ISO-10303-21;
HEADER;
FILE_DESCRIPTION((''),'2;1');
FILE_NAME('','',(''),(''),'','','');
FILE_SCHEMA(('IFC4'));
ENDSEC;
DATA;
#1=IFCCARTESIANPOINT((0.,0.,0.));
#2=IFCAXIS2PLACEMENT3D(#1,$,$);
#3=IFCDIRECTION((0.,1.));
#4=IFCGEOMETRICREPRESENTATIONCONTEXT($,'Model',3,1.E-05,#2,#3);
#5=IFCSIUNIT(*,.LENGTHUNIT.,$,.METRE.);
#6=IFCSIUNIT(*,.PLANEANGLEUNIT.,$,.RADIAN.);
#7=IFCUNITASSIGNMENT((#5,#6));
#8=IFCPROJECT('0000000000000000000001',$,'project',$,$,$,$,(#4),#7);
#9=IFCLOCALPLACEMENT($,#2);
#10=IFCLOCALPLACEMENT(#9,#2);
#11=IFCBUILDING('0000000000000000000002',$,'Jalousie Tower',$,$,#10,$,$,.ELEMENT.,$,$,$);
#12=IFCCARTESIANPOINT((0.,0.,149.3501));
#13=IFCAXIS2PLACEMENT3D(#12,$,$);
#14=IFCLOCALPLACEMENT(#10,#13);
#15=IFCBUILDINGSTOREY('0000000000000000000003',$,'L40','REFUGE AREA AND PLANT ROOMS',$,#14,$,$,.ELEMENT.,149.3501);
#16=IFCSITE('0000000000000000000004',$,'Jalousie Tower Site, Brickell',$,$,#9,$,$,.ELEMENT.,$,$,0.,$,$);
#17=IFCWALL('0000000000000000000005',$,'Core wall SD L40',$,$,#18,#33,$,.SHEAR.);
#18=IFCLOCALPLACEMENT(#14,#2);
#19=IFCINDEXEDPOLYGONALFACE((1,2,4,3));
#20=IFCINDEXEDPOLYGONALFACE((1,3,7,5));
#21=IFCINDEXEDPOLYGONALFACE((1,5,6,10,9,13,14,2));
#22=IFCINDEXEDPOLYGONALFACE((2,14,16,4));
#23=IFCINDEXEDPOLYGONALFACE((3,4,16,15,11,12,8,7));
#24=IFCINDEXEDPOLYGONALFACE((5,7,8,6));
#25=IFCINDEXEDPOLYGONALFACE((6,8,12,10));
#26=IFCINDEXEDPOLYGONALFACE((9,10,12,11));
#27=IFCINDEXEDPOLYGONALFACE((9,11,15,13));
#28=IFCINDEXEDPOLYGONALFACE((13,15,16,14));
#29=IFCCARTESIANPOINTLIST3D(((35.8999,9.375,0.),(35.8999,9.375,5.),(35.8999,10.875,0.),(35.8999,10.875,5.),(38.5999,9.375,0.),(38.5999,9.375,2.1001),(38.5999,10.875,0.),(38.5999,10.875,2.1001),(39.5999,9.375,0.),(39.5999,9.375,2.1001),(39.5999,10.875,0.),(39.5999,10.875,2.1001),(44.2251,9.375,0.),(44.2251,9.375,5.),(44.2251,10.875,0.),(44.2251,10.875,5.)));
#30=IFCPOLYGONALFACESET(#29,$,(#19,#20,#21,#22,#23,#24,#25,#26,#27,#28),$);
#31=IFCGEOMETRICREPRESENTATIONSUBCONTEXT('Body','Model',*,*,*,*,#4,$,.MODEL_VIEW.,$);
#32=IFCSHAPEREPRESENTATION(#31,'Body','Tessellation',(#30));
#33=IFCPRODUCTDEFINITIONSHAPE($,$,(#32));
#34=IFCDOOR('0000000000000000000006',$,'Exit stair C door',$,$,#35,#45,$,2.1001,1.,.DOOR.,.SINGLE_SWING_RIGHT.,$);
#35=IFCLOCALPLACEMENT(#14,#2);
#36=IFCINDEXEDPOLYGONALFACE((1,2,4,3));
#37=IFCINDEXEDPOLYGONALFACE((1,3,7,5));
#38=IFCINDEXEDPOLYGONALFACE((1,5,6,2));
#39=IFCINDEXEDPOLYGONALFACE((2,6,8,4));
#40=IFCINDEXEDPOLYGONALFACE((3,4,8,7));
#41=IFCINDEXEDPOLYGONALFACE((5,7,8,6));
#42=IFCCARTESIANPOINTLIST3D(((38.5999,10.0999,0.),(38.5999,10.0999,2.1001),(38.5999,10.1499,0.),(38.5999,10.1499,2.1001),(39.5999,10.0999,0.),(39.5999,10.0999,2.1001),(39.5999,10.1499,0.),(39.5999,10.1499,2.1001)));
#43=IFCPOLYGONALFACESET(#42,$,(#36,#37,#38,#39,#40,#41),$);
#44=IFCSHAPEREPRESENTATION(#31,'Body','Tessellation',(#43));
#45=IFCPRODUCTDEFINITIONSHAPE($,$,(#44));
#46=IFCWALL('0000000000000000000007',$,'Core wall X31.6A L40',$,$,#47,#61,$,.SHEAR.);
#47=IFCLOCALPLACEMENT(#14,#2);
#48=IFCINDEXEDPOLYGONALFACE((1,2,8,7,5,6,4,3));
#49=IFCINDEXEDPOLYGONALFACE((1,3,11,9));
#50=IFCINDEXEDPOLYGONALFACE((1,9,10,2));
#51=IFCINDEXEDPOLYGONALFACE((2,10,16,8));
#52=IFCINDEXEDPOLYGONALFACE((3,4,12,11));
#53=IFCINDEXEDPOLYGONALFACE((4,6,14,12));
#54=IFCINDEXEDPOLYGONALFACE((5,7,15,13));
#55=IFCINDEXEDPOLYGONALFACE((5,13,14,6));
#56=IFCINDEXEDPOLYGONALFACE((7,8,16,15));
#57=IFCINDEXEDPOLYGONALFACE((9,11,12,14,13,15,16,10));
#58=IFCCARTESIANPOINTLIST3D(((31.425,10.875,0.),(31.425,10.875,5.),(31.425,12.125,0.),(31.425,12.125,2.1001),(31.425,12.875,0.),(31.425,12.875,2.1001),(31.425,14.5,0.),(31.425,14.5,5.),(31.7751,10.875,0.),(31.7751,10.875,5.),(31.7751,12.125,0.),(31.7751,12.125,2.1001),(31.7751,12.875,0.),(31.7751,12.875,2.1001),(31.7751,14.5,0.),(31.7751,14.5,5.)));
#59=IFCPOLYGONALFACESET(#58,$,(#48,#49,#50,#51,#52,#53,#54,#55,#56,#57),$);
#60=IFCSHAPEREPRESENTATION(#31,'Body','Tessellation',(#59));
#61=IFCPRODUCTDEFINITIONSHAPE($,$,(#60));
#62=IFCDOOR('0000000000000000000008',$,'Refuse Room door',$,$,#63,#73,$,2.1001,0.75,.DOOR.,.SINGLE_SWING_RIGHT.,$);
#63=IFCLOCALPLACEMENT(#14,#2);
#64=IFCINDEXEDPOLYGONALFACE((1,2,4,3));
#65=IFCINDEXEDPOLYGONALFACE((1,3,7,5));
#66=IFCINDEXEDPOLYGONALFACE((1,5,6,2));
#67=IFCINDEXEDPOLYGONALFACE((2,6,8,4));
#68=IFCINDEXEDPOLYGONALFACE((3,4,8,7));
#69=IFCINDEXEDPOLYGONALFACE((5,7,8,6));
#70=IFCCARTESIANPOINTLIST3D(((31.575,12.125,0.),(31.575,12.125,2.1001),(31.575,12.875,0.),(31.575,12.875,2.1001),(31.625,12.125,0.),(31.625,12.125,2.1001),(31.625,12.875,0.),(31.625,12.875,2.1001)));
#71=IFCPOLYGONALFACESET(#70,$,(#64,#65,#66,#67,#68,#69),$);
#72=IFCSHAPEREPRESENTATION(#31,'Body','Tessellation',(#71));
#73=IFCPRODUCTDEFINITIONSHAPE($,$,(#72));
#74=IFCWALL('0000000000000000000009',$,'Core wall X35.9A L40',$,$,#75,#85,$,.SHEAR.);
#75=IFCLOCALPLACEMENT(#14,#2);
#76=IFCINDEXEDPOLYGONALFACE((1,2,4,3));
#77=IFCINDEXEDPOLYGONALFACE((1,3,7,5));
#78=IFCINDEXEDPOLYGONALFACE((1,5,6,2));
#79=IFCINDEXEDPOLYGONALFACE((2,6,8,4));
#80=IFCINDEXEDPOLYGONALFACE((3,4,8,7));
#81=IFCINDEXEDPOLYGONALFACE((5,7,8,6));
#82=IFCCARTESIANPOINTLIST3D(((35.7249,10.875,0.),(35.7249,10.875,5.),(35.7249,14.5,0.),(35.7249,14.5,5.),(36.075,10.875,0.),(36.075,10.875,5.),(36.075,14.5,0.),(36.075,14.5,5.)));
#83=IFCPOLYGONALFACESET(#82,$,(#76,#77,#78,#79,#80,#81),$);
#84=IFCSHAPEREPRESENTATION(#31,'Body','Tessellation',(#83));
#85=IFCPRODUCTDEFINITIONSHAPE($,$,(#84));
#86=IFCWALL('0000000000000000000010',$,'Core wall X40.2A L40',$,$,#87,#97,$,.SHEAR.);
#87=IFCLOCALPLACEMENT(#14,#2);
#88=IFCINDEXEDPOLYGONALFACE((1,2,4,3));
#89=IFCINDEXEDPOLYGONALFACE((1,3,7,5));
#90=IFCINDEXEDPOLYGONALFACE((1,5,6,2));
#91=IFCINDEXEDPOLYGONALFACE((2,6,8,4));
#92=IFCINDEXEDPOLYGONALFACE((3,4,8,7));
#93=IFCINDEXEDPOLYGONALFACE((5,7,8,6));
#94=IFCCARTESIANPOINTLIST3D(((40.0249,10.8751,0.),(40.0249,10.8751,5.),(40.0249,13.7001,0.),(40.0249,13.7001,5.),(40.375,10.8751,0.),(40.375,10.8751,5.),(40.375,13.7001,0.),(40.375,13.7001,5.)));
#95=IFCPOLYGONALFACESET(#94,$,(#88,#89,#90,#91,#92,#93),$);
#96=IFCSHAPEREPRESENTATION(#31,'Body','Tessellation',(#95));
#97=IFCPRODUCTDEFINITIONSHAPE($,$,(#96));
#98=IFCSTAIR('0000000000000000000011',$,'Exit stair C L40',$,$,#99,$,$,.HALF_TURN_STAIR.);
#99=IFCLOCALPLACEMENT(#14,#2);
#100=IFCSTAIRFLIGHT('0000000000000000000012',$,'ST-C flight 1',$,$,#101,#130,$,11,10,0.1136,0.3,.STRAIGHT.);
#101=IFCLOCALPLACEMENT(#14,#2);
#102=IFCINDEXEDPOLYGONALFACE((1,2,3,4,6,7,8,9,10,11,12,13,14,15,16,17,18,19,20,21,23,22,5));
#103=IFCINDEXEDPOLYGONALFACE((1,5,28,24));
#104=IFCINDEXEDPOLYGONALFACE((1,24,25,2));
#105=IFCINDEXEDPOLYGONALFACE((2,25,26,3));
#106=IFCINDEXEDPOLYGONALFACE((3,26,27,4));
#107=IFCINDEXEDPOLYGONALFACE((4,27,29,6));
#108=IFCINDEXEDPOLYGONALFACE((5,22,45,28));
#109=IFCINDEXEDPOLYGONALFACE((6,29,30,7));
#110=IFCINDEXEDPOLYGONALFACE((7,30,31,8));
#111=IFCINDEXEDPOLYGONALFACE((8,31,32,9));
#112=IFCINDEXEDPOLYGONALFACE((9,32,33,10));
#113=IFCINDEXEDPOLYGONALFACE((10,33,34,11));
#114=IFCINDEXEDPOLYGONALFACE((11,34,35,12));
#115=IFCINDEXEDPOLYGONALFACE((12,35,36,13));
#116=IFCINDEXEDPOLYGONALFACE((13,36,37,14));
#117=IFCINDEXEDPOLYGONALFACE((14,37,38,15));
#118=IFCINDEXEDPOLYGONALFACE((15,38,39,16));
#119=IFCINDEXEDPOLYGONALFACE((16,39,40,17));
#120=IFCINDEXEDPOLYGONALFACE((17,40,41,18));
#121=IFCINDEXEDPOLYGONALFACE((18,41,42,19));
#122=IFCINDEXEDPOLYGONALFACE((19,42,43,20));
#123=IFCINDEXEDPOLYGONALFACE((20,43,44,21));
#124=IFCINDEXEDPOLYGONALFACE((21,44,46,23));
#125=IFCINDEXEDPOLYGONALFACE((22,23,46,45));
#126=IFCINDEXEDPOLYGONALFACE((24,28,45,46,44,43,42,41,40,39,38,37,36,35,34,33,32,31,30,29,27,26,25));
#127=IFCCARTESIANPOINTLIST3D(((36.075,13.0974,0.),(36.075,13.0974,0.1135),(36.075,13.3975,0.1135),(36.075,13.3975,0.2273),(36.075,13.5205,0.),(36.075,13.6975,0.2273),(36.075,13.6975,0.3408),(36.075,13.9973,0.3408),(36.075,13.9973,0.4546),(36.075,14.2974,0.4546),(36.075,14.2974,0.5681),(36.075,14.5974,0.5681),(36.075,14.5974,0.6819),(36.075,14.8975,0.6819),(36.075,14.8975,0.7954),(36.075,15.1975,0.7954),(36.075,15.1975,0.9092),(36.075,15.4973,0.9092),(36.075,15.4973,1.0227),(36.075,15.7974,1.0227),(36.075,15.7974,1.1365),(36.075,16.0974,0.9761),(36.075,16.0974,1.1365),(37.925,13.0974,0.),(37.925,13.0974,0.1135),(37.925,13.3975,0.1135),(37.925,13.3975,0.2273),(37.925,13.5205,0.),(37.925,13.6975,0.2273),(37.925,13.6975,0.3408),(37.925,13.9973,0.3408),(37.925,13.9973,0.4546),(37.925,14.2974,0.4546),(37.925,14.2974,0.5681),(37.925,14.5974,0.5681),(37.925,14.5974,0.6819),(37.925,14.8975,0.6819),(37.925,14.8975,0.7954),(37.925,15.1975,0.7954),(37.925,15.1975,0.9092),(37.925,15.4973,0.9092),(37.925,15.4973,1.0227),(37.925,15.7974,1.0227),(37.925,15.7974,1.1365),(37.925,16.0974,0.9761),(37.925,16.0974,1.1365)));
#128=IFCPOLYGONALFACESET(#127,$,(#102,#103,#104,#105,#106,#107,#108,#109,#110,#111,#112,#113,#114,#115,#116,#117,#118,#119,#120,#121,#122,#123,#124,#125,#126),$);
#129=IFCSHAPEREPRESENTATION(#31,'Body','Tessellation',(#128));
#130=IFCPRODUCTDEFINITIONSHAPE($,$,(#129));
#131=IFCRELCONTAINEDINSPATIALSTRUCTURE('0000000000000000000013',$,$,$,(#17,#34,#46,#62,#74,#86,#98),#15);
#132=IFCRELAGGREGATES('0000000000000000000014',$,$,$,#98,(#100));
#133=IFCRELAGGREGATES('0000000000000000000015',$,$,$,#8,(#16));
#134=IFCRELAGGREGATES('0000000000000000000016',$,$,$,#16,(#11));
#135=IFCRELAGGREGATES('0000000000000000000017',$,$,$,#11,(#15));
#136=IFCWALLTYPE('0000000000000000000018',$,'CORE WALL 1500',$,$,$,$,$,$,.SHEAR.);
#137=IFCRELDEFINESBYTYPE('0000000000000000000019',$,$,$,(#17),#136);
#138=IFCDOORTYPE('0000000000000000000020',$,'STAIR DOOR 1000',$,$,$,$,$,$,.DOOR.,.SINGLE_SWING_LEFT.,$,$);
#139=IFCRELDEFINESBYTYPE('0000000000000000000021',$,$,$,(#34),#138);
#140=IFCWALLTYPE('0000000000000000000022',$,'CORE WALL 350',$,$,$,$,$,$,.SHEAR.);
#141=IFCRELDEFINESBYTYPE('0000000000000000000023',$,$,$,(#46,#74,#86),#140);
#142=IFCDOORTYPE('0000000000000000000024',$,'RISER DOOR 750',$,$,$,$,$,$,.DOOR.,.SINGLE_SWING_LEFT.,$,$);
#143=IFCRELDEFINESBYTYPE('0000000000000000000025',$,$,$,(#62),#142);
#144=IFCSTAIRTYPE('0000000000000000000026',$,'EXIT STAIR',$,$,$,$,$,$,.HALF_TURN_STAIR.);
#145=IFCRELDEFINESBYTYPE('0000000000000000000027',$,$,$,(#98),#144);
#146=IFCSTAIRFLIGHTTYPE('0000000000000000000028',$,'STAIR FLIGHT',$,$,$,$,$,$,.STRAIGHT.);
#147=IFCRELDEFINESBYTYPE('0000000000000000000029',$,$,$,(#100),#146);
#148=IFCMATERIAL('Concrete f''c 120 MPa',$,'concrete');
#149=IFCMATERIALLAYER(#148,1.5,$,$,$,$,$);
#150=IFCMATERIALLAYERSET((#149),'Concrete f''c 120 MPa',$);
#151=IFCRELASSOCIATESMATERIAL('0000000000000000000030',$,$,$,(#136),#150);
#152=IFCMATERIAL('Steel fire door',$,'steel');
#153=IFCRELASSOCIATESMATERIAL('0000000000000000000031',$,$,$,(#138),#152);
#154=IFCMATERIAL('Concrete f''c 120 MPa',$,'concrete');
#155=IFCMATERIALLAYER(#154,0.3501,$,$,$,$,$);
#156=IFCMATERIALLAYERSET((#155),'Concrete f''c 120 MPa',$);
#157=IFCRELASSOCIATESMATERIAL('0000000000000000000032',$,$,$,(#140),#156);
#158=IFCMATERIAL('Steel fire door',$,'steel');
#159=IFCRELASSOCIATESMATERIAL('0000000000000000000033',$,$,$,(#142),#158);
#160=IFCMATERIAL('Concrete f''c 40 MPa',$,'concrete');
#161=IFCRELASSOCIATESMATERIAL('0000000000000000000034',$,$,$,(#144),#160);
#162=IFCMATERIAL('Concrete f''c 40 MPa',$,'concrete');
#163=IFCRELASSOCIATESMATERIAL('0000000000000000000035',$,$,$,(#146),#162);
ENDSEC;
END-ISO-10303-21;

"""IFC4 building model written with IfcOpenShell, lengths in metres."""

from ifc_helpers import new_model, si_unit, direction, frame, frame_2d, origin, place, context, subcontext, project, spatial, polyline, rectangle, outline, extrude, material, layer, layer_set, type_object, element, fill, aggregate, save


model = new_model("IFC4")

# Units and contexts
model_context = context("Model", 3, precision=1e-05, world=origin(), true_north=direction((0.0, 1.0)))
body_context = subcontext(model_context, "Body", "Model", "MODEL_VIEW")
ifc_project = project(units=[si_unit("LENGTHUNIT", "METRE"), si_unit("PLANEANGLEUNIT", "RADIAN")], contexts=[model_context])

# Site, building, storey
site_placement = place(None, origin())
site = spatial("IfcSite", under=ifc_project, at=site_placement, Name="Jalousie Tower Site, Brickell", CompositionType="ELEMENT", RefElevation=0.0)
building_placement = place(site_placement, origin())
building = spatial("IfcBuilding", under=site, at=building_placement, Name="Jalousie Tower", CompositionType="ELEMENT")
storey_placement = place(building_placement, frame((0.0, 0.0, 149.3501)))
storey = spatial("IfcBuildingStorey", under=building, at=storey_placement, Name="L40", Description="REFUGE AREA AND PLANT ROOMS", CompositionType="ELEMENT", Elevation=149.3501)

# Shared definitions
ifc_material_1 = material(Name="Concrete f'c 120 MPa", Category="concrete")
ifc_layer_1 = layer(ifc_material_1, 1.5)
ifc_layer_set_1 = layer_set([ifc_layer_1], Name="Concrete f'c 120 MPa")
wall_type_1 = type_object("IfcWallType", Name="CORE WALL 1500", PredefinedType="SHEAR", material=ifc_layer_set_1)

# Walls, openings, doors
wall_1_placement = place(storey_placement, frame((35.8999, 10.125, 0.0), z_axis=(0.0, 0.0, 1.0), x_axis=(1.0, 0.0, 0.0)))
wall_1 = element("IfcWall", 1, at=wall_1_placement, inside=storey, type_object=wall_type_1, Name="Core wall SD L40", PredefinedType="SHEAR", context=body_context, shape_type="SweptSolid", body=[
    extrude(rectangle(XDim=8.3252, YDim=1.5, at=frame_2d((4.1626, 0.0))), origin(), (0.0, 0.0, 1.0), 5.0),
])
opening_1_placement = place(wall_1_placement, frame((2.7, 0.0, 0.0)))
opening_1 = element("IfcOpeningElement", 2, at=opening_1_placement, cuts=wall_1, PredefinedType="OPENING", context=body_context, shape_type="SweptSolid", body=[
    extrude(rectangle(XDim=1.0, YDim=2.1001, at=frame_2d((0.5, 1.05))), frame((0.0, 0.76, 0.0), z_axis=(0.0, -1.0, 0.0), x_axis=(1.0, 0.0, 0.0)), (0.0, 0.0, 1.0), 1.52),
])
ifc_material_2 = material(Name="Steel fire door", Category="steel")
door_type_1 = type_object("IfcDoorType", Name="STAIR DOOR 1000", OperationType="SINGLE_SWING_LEFT", PredefinedType="DOOR", material=ifc_material_2)
door_1_placement = place(opening_1_placement, origin())
door_1 = element("IfcDoor", 3, at=door_1_placement, inside=storey, type_object=door_type_1, Name="Exit stair C door", OperationType="SINGLE_SWING_RIGHT", OverallHeight=2.1001, OverallWidth=1.0, PredefinedType="DOOR", context=body_context, shape_type="SweptSolid", body=[
    extrude(rectangle(XDim=1.0, YDim=2.1001, at=frame_2d((0.5, 1.05))), frame((0.0, 0.0249, 0.0), z_axis=(0.0, -1.0, 0.0), x_axis=(1.0, 0.0, 0.0)), (0.0, 0.0, 1.0), 0.05),
])
fill(opening_1, door_1)
ifc_material_3 = material(Name="Concrete f'c 120 MPa", Category="concrete")
ifc_layer_2 = layer(ifc_material_3, 0.3501)
ifc_layer_set_2 = layer_set([ifc_layer_2], Name="Concrete f'c 120 MPa")
wall_type_2 = type_object("IfcWallType", Name="CORE WALL 350", PredefinedType="SHEAR", material=ifc_layer_set_2)
wall_2_placement = place(storey_placement, frame((31.6001, 10.875, 0.0), z_axis=(0.0, 0.0, 1.0), x_axis=(0.0, 1.0, 0.0)))
wall_2 = element("IfcWall", 4, at=wall_2_placement, inside=storey, type_object=wall_type_2, Name="Core wall X31.6A L40", PredefinedType="SHEAR", context=body_context, shape_type="SweptSolid", body=[
    extrude(rectangle(XDim=3.625, YDim=0.3501, at=frame_2d((1.8125, 0.0))), origin(), (0.0, 0.0, 1.0), 5.0),
])
opening_2_placement = place(wall_2_placement, frame((1.25, 0.0, 0.0)))
opening_2 = element("IfcOpeningElement", 5, at=opening_2_placement, cuts=wall_2, PredefinedType="OPENING", context=body_context, shape_type="SweptSolid", body=[
    extrude(rectangle(XDim=0.75, YDim=2.1001, at=frame_2d((0.375, 1.05))), frame((0.0, 0.1851, 0.0), z_axis=(0.0, -1.0, 0.0), x_axis=(1.0, 0.0, 0.0)), (0.0, 0.0, 1.0), 0.3701),
])
ifc_material_4 = material(Name="Steel fire door", Category="steel")
door_type_2 = type_object("IfcDoorType", Name="RISER DOOR 750", OperationType="SINGLE_SWING_LEFT", PredefinedType="DOOR", material=ifc_material_4)
door_2_placement = place(opening_2_placement, frame((0.75, 0.0, 0.0), z_axis=(0.0, 0.0, 1.0), x_axis=(-1.0, 0.0, 0.0)))
door_2 = element("IfcDoor", 6, at=door_2_placement, inside=storey, type_object=door_type_2, Name="Refuse Room door", OperationType="SINGLE_SWING_RIGHT", OverallHeight=2.1001, OverallWidth=0.75, PredefinedType="DOOR", context=body_context, shape_type="SweptSolid", body=[
    extrude(rectangle(XDim=0.75, YDim=2.1001, at=frame_2d((0.375, 1.05))), frame((0.0, 0.0249, 0.0), z_axis=(0.0, -1.0, 0.0), x_axis=(1.0, 0.0, 0.0)), (0.0, 0.0, 1.0), 0.05),
])
fill(opening_2, door_2)

# Walls
wall_3_placement = place(storey_placement, frame((35.8999, 10.875, 0.0), z_axis=(0.0, 0.0, 1.0), x_axis=(0.0, 1.0, 0.0)))
element("IfcWall", 7, at=wall_3_placement, inside=storey, type_object=wall_type_2, Name="Core wall X35.9A L40", PredefinedType="SHEAR", context=body_context, shape_type="SweptSolid", body=[
    extrude(rectangle(XDim=3.625, YDim=0.3501, at=frame_2d((1.8125, 0.0))), origin(), (0.0, 0.0, 1.0), 5.0),
])
wall_4_placement = place(storey_placement, frame((40.2, 10.875, 0.0), z_axis=(0.0, 0.0, 1.0), x_axis=(0.0, 1.0, 0.0)))
element("IfcWall", 8, at=wall_4_placement, inside=storey, type_object=wall_type_2, Name="Core wall X40.2A L40", PredefinedType="SHEAR", context=body_context, shape_type="SweptSolid", body=[
    extrude(rectangle(XDim=2.825, YDim=0.3501, at=frame_2d((1.4126, 0.0))), origin(), (0.0, 0.0, 1.0), 5.0),
])

# Stair, stair flight
ifc_material_5 = material(Name="Concrete f'c 40 MPa", Category="concrete")
stair_type = type_object("IfcStairType", Name="EXIT STAIR", PredefinedType="HALF_TURN_STAIR", material=ifc_material_5)
stair_placement = place(storey_placement, origin())
stair = element("IfcStair", 9, at=stair_placement, inside=storey, type_object=stair_type, Name="Exit stair C L40", PredefinedType="HALF_TURN_STAIR")
ifc_material_6 = material(Name="Concrete f'c 40 MPa", Category="concrete")
stair_flight_type = type_object("IfcStairFlightType", Name="STAIR FLIGHT", PredefinedType="STRAIGHT", material=ifc_material_6)
stair_flight_placement = place(storey_placement, frame((37.0, 13.0974, 0.0), z_axis=(0.0, 0.0, 1.0), x_axis=(0.0, 1.0, 0.0)))
stair_flight = element("IfcStairFlight", 10, at=stair_flight_placement, type_object=stair_flight_type, Name="ST-C flight 1", NumberOfRisers=11, NumberOfTreads=10, PredefinedType="STRAIGHT", RiserHeight=0.1136, TreadLength=0.3, context=body_context, shape_type="SweptSolid", body=[
    extrude(outline(polyline([(0.0, 0.0), (0.0, 0.1135), (0.3, 0.1135), (0.3, 0.2273), (0.6001, 0.2273), (0.6001, 0.3408), (0.8999, 0.3408), (0.8999, 0.4546), (1.2, 0.4546), (1.2, 0.5681), (1.5, 0.5681), (1.5, 0.6819), (1.8, 0.6819), (1.8, 0.7954), (2.1001, 0.7954), (2.1001, 0.9092), (2.3999, 0.9092), (2.3999, 1.0227), (2.7, 1.0227), (2.7, 1.1365), (3.0, 1.1365), (3.0, 1.25), (3.0, 0.9761), (0.4231, 0.0), (0.0, 0.0)])), frame((0.0, 0.925, 0.0), z_axis=(0.0, -1.0, 0.0), x_axis=(1.0, 0.0, 0.0)), (0.0, 0.0, 1.0), 1.8501),
])
aggregate(stair, [stair_flight])

save(model, "model.ifc")
